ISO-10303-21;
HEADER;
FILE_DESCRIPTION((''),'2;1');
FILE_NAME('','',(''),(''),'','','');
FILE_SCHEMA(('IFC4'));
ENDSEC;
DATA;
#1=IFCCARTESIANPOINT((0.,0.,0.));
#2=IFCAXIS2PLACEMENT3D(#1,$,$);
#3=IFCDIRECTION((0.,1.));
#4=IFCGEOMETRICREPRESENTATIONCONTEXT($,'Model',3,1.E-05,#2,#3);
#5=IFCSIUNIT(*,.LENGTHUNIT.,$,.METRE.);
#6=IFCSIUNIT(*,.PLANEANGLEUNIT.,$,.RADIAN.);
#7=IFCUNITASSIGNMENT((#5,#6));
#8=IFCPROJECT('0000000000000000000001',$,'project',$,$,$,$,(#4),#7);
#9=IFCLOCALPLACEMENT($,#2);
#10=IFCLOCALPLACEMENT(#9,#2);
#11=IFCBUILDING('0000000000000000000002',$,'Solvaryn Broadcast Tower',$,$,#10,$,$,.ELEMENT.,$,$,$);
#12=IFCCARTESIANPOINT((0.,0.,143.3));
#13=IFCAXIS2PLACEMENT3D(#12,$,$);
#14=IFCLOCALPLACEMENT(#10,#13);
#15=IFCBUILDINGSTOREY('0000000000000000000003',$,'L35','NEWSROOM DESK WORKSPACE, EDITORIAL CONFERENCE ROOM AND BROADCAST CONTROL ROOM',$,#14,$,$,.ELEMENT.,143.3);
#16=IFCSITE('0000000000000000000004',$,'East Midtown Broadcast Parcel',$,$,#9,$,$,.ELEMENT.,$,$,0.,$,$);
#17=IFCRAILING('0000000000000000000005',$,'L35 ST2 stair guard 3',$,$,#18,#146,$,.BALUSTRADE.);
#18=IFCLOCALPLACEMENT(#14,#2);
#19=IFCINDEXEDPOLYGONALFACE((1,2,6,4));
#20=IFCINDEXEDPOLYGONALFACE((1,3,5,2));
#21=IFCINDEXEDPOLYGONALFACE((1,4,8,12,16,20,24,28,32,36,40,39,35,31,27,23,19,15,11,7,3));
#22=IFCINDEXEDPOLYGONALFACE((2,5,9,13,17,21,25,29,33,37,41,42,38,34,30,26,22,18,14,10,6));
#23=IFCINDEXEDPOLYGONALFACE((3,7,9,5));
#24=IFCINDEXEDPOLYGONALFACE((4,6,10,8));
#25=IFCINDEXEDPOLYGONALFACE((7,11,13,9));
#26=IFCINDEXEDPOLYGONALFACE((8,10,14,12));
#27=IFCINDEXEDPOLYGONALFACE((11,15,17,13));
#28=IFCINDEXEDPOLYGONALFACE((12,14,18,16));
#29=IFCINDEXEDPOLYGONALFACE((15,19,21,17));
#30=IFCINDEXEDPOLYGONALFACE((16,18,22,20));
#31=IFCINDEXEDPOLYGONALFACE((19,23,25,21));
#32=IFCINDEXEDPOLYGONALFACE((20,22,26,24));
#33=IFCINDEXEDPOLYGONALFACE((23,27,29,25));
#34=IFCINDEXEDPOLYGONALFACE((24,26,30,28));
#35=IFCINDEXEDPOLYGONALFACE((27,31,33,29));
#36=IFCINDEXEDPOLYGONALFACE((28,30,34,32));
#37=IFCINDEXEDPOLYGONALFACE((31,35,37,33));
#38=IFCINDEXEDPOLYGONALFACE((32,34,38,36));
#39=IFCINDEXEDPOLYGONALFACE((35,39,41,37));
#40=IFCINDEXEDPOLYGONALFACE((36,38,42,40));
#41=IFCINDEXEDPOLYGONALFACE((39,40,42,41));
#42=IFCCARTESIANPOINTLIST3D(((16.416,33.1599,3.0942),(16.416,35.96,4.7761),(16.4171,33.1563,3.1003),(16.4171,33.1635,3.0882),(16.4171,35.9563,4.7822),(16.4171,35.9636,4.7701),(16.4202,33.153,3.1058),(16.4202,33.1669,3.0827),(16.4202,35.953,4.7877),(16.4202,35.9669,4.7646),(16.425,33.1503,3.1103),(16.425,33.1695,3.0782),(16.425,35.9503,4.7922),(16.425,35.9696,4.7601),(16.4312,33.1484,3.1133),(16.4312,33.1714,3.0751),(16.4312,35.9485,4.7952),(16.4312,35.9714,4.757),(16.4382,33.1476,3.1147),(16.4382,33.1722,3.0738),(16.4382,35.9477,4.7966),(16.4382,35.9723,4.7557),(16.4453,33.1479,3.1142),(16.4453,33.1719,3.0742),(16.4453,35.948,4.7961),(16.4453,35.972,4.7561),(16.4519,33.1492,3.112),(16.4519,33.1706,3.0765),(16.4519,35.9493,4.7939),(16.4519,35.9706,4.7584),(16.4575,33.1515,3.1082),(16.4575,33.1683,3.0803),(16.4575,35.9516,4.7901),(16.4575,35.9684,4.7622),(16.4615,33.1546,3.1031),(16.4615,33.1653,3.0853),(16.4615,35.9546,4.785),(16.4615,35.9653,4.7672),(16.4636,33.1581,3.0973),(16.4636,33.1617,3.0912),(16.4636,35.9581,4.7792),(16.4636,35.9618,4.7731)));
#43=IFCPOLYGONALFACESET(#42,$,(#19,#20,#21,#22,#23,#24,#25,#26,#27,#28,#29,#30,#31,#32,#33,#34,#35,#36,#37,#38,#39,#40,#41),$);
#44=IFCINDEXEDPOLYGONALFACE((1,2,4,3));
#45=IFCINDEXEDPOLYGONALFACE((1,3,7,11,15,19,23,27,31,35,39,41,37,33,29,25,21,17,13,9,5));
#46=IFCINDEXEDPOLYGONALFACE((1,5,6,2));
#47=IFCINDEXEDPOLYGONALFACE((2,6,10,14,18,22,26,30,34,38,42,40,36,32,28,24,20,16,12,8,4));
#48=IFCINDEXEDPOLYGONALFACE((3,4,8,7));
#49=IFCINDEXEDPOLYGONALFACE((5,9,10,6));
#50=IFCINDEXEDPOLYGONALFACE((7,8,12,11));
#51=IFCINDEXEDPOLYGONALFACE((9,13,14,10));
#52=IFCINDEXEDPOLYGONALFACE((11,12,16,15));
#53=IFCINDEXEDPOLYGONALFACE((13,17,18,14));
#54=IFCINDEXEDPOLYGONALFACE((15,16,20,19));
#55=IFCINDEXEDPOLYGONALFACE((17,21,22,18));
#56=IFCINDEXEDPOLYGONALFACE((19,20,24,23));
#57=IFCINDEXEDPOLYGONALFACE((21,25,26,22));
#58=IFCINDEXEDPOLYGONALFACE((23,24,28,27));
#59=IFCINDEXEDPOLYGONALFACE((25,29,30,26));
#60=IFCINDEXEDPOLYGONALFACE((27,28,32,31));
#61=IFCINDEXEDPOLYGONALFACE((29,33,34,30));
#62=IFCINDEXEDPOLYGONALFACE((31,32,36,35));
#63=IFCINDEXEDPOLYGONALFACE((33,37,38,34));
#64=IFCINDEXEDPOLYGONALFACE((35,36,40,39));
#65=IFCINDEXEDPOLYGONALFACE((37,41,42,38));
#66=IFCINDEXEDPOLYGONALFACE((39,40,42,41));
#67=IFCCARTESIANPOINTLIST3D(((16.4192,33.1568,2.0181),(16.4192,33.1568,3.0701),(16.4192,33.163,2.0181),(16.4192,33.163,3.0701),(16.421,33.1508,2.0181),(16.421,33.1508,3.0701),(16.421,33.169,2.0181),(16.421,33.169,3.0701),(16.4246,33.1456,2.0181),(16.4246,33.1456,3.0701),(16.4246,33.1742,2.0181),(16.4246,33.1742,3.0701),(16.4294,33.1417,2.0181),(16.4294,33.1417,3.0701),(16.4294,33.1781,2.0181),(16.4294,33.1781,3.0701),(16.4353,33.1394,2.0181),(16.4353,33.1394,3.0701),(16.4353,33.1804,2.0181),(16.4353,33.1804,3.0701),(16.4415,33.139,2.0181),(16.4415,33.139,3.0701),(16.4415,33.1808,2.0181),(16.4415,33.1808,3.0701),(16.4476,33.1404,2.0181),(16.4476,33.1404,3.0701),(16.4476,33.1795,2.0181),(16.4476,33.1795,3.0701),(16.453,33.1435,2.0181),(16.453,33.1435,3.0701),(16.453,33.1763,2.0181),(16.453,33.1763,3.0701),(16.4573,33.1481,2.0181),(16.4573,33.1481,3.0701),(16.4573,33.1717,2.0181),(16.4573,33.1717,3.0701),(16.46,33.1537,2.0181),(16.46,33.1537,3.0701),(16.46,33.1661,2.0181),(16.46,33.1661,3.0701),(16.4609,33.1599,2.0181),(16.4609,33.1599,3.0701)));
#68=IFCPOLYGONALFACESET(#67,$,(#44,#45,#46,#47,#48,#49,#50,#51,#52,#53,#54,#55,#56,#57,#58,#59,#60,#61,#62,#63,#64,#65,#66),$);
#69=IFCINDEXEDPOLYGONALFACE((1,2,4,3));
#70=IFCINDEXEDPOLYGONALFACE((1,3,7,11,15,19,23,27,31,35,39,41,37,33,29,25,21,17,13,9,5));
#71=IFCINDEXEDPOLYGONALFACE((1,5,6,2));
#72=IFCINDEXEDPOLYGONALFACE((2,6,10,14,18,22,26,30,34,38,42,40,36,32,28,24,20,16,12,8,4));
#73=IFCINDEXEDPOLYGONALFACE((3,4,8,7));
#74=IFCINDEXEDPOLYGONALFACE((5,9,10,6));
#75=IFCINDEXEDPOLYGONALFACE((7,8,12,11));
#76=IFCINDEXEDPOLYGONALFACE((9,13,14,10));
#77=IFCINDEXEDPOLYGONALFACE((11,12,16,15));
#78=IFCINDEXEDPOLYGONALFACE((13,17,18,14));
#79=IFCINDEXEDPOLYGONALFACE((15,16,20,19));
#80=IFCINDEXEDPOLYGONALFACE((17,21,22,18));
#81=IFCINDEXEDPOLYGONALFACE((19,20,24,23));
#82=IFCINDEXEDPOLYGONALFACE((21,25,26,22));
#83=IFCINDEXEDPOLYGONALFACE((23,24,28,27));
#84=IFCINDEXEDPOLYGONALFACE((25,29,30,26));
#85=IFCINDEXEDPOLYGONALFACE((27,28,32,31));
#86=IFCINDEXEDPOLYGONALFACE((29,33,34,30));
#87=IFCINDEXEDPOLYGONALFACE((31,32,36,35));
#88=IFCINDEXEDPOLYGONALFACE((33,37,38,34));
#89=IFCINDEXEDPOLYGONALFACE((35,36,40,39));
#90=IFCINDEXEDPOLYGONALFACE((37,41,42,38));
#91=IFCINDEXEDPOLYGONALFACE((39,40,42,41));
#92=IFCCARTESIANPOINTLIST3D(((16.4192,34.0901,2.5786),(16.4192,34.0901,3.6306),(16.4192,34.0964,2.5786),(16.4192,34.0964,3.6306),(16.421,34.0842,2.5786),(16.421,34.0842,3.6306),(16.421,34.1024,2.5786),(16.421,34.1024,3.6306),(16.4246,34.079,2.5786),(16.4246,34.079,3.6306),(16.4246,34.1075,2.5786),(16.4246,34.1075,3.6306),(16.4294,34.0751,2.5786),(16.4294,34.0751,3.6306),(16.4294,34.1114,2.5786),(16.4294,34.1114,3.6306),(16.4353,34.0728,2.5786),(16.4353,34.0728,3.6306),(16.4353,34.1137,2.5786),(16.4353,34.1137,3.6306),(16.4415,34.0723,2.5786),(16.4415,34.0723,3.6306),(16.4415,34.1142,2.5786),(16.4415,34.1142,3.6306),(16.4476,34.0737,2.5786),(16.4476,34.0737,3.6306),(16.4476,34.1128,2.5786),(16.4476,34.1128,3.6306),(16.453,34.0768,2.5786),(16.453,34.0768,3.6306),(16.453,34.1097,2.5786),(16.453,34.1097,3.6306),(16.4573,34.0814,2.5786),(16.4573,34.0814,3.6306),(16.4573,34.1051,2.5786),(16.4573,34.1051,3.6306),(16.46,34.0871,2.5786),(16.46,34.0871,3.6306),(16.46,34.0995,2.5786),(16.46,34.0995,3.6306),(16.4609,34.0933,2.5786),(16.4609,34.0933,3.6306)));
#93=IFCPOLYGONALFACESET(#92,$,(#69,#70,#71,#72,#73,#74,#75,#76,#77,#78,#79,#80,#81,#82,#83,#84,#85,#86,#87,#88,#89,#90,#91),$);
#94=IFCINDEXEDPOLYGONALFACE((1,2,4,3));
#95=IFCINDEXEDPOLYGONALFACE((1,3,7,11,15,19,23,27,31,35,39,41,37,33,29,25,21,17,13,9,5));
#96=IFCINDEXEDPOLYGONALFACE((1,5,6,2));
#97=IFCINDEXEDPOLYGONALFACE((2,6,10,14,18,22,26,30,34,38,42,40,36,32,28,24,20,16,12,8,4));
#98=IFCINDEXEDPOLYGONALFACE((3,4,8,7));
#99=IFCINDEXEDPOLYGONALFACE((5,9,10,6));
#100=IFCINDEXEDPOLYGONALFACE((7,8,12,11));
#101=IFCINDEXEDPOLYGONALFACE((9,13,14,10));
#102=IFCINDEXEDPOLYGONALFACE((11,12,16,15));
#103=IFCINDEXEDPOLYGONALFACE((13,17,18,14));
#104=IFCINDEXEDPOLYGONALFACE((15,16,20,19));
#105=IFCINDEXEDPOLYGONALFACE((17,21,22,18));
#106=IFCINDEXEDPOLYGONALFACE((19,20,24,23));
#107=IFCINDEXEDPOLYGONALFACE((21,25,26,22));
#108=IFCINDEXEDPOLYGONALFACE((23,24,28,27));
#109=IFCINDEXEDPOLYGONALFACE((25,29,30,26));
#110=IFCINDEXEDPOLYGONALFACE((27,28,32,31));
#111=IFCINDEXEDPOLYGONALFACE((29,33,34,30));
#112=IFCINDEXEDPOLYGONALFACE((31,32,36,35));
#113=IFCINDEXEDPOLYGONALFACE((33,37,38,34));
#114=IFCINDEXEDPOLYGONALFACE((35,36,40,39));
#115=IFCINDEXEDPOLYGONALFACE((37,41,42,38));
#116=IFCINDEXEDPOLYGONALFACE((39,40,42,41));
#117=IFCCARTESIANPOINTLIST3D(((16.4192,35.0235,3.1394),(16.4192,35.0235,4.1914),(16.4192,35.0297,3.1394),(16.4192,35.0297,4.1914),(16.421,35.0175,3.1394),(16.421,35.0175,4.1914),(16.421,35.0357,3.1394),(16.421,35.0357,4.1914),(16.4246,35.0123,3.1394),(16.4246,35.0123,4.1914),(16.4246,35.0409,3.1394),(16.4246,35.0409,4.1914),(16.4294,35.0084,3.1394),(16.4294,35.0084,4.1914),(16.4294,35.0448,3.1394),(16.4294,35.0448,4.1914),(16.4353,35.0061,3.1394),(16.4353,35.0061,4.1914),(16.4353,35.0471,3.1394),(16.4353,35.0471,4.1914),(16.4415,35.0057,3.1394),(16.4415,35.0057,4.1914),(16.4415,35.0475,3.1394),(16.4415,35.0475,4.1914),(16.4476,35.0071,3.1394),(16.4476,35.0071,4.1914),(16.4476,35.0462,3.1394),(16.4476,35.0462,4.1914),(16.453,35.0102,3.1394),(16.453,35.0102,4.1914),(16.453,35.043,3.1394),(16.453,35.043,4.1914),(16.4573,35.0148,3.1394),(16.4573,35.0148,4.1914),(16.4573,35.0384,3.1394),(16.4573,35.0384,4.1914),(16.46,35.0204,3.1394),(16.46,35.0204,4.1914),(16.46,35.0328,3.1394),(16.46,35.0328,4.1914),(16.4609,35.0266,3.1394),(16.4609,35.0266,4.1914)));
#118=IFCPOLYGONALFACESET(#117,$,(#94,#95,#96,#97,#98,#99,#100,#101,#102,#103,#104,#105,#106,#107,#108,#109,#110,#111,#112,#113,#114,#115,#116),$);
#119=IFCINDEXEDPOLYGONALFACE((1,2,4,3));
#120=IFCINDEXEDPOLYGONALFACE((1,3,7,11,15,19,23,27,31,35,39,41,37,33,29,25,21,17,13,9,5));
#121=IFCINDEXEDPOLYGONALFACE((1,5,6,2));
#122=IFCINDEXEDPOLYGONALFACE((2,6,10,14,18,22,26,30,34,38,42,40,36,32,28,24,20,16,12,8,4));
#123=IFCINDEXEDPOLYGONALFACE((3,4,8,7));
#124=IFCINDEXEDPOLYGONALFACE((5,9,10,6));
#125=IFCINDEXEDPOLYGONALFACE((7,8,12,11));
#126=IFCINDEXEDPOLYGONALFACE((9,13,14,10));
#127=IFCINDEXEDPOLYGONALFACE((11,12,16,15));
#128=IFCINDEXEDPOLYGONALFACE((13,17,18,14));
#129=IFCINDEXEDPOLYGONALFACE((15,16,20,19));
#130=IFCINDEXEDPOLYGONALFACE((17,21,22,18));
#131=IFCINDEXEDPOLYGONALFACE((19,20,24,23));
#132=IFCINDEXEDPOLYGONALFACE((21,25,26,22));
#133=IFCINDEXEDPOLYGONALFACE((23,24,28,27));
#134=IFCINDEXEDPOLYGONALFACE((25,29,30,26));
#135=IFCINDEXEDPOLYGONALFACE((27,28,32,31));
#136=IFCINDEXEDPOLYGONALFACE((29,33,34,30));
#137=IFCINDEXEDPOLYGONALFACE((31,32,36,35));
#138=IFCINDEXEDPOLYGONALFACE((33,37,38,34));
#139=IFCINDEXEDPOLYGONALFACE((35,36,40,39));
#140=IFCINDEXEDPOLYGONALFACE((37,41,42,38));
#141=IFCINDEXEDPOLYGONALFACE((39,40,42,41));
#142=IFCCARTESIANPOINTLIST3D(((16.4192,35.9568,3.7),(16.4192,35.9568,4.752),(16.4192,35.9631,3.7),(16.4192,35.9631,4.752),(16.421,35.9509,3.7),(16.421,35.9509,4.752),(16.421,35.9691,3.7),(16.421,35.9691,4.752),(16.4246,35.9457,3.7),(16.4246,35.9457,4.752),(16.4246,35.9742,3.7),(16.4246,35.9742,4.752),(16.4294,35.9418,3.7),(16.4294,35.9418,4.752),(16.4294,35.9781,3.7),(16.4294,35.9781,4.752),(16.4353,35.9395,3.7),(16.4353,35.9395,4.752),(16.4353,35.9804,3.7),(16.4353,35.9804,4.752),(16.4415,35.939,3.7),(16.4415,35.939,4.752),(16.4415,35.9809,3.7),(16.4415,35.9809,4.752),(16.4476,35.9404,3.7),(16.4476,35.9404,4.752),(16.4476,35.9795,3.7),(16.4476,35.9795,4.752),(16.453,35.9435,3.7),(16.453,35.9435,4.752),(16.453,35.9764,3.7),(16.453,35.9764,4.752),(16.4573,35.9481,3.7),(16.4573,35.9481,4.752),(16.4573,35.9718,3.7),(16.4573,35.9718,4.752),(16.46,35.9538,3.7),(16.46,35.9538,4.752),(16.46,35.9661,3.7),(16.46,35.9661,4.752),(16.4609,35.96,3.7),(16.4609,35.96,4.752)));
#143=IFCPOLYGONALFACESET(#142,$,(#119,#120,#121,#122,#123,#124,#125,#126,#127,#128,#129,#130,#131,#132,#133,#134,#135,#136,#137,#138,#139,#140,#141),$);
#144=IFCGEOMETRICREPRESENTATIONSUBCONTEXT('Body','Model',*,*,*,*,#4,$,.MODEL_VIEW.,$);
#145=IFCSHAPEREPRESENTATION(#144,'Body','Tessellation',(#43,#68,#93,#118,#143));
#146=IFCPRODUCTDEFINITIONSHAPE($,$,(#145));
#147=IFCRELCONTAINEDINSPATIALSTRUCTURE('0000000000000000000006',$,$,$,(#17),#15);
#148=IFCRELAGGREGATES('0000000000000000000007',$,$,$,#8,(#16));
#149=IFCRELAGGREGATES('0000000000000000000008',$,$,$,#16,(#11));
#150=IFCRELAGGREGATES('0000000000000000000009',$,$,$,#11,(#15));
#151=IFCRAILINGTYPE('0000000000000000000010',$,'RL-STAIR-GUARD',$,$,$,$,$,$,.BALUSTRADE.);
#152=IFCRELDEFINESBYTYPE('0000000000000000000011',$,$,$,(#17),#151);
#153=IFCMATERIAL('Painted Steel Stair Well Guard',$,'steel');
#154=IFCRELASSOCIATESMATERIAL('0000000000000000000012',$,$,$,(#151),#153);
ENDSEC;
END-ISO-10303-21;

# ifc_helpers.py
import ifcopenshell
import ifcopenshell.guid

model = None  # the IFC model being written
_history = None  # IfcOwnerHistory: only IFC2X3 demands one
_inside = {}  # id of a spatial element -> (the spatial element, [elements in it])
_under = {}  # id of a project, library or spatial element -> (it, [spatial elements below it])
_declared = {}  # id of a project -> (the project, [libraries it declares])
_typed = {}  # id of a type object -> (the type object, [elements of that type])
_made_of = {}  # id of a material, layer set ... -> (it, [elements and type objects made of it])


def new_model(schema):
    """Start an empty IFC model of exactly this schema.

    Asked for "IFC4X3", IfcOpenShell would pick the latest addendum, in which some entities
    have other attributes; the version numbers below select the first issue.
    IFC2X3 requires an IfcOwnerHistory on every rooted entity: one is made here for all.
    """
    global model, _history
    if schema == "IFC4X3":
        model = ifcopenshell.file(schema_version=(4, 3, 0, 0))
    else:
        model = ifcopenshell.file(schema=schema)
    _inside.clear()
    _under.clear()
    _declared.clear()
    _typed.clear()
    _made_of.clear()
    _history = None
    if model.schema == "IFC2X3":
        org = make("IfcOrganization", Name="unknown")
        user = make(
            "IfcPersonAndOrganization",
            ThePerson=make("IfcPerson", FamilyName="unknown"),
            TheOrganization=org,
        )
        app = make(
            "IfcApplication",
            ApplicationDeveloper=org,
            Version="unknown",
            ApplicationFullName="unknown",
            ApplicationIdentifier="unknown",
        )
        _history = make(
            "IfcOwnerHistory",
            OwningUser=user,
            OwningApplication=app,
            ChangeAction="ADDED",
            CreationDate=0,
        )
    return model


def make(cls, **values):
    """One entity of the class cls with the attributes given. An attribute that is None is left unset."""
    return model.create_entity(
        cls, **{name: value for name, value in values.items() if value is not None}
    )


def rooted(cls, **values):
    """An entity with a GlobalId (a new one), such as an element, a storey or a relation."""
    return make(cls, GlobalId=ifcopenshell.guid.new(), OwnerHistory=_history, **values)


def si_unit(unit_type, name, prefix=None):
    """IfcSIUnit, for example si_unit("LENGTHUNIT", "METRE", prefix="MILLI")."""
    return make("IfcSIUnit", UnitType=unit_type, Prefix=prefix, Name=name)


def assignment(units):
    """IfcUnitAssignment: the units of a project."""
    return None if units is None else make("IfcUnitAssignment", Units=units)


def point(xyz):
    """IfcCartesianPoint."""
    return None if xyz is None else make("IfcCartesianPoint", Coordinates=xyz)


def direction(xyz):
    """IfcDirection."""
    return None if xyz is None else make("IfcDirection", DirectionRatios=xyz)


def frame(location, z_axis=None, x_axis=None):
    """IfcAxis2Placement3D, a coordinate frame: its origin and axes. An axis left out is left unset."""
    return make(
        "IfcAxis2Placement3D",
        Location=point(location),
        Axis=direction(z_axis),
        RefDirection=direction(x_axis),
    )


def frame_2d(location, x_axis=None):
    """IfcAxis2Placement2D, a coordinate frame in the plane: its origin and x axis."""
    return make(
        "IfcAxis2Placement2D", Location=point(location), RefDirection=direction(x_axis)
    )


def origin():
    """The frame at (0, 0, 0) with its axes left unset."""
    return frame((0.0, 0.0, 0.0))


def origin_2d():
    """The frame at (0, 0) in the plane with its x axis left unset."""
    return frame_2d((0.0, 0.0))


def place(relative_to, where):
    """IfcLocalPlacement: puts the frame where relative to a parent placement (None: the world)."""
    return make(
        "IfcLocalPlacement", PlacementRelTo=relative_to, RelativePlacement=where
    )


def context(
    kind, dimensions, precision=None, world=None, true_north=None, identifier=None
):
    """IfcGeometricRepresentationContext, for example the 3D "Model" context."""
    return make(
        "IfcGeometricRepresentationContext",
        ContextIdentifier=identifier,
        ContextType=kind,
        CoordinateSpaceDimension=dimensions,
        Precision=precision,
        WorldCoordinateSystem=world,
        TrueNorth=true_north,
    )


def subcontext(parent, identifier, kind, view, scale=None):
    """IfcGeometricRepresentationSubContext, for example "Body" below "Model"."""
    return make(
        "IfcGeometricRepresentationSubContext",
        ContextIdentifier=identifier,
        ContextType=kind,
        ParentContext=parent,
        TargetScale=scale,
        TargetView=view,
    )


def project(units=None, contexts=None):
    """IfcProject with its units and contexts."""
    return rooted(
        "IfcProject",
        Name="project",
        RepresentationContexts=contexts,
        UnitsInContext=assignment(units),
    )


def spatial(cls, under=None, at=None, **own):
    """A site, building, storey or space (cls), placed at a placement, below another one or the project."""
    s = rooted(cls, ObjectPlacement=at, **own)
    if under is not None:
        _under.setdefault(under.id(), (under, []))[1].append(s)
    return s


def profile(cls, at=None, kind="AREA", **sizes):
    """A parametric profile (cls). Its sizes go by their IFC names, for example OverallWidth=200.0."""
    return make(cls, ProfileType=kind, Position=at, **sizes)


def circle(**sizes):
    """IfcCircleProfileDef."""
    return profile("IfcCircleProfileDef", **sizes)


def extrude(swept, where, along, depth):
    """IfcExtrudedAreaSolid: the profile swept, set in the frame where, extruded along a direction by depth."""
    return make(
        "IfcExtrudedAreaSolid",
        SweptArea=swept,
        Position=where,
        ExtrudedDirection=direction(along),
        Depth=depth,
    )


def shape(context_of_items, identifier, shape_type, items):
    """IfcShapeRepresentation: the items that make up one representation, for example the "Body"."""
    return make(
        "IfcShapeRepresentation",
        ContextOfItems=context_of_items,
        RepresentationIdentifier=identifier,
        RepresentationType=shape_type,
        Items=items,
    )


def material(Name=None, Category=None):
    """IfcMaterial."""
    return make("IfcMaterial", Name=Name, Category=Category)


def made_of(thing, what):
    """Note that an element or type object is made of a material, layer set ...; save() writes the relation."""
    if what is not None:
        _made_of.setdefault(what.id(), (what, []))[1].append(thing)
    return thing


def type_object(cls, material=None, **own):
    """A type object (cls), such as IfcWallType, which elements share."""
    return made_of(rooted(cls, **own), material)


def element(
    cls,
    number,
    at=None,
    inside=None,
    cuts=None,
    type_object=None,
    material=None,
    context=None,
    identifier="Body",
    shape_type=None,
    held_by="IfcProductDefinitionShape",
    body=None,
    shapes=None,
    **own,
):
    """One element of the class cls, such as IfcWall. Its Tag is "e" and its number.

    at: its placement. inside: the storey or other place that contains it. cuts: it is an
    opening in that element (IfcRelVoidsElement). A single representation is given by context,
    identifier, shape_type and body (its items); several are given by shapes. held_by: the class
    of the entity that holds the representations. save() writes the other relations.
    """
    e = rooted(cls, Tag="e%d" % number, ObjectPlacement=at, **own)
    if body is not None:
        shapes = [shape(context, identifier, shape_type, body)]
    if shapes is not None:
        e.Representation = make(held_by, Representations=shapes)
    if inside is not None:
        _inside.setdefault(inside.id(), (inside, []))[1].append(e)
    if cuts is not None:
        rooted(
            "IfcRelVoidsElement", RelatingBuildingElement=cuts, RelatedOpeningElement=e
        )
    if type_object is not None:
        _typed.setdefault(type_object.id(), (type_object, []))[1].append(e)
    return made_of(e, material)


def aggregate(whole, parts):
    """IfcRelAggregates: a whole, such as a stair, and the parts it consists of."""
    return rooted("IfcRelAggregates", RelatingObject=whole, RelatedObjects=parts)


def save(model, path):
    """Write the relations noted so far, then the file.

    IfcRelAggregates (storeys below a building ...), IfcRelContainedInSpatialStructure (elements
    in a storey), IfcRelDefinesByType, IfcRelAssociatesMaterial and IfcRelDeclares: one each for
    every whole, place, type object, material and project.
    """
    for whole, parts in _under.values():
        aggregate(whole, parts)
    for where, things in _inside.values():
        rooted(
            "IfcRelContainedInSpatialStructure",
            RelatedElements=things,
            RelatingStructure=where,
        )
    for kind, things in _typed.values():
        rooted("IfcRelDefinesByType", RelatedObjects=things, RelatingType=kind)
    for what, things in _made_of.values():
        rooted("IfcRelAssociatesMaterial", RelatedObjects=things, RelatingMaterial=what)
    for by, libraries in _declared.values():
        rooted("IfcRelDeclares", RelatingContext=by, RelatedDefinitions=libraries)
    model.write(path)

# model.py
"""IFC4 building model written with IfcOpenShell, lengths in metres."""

from ifc_helpers import new_model, si_unit, direction, frame, origin, origin_2d, place, context, subcontext, project, spatial, circle, extrude, material, type_object, element, save


model = new_model("IFC4")

# Units and contexts
model_context = context("Model", 3, precision=1e-05, world=origin(), true_north=direction((0.0, 1.0)))
body_context = subcontext(model_context, "Body", "Model", "MODEL_VIEW")
ifc_project = project(units=[si_unit("LENGTHUNIT", "METRE"), si_unit("PLANEANGLEUNIT", "RADIAN")], contexts=[model_context])

# Site, building, storey
site_placement = place(None, origin())
site = spatial("IfcSite", under=ifc_project, at=site_placement, Name="East Midtown Broadcast Parcel", CompositionType="ELEMENT", RefElevation=0.0)
building_placement = place(site_placement, origin())
building = spatial("IfcBuilding", under=site, at=building_placement, Name="Solvaryn Broadcast Tower", CompositionType="ELEMENT")
storey_placement = place(building_placement, frame((0.0, 0.0, 143.3)))
storey = spatial("IfcBuildingStorey", under=building, at=storey_placement, Name="L35", Description="NEWSROOM DESK WORKSPACE, EDITORIAL CONFERENCE ROOM AND BROADCAST CONTROL ROOM", CompositionType="ELEMENT", Elevation=143.3)

# Railing
ifc_material_1 = material(Name="Painted Steel Stair Well Guard", Category="steel")
railing_type_1 = type_object("IfcRailingType", Name="RL-STAIR-GUARD", PredefinedType="BALUSTRADE", material=ifc_material_1)
railing_1_placement = place(storey_placement, frame((16.4399, 33.1599, 2.0181)))
element("IfcRailing", 1, at=railing_1_placement, inside=storey, type_object=railing_type_1, Name="L35 ST2 stair guard 3", PredefinedType="BALUSTRADE", context=body_context, shape_type="SweptSolid", body=[
    extrude(circle(Radius=0.0239, at=origin_2d()), frame((0.0, 0.0, 1.0762), z_axis=(0.0, 0.857242, 0.514913), x_axis=(-1.0, 0.0, 0.0)), (0.0, 0.0, 1.0), 3.2664),
    extrude(circle(Radius=0.021, at=origin_2d()), origin(), (0.0, 0.0, 1.0), 1.052),
    extrude(circle(Radius=0.021, at=origin_2d()), frame((0.0, 0.9333, 0.5605)), (0.0, 0.0, 1.0), 1.052),
    extrude(circle(Radius=0.021, at=origin_2d()), frame((0.0, 1.8667, 1.1213)), (0.0, 0.0, 1.0), 1.052),
    extrude(circle(Radius=0.021, at=origin_2d()), frame((0.0, 2.8, 1.6819)), (0.0, 0.0, 1.0), 1.052),
])

save(model, "model.ifc")
